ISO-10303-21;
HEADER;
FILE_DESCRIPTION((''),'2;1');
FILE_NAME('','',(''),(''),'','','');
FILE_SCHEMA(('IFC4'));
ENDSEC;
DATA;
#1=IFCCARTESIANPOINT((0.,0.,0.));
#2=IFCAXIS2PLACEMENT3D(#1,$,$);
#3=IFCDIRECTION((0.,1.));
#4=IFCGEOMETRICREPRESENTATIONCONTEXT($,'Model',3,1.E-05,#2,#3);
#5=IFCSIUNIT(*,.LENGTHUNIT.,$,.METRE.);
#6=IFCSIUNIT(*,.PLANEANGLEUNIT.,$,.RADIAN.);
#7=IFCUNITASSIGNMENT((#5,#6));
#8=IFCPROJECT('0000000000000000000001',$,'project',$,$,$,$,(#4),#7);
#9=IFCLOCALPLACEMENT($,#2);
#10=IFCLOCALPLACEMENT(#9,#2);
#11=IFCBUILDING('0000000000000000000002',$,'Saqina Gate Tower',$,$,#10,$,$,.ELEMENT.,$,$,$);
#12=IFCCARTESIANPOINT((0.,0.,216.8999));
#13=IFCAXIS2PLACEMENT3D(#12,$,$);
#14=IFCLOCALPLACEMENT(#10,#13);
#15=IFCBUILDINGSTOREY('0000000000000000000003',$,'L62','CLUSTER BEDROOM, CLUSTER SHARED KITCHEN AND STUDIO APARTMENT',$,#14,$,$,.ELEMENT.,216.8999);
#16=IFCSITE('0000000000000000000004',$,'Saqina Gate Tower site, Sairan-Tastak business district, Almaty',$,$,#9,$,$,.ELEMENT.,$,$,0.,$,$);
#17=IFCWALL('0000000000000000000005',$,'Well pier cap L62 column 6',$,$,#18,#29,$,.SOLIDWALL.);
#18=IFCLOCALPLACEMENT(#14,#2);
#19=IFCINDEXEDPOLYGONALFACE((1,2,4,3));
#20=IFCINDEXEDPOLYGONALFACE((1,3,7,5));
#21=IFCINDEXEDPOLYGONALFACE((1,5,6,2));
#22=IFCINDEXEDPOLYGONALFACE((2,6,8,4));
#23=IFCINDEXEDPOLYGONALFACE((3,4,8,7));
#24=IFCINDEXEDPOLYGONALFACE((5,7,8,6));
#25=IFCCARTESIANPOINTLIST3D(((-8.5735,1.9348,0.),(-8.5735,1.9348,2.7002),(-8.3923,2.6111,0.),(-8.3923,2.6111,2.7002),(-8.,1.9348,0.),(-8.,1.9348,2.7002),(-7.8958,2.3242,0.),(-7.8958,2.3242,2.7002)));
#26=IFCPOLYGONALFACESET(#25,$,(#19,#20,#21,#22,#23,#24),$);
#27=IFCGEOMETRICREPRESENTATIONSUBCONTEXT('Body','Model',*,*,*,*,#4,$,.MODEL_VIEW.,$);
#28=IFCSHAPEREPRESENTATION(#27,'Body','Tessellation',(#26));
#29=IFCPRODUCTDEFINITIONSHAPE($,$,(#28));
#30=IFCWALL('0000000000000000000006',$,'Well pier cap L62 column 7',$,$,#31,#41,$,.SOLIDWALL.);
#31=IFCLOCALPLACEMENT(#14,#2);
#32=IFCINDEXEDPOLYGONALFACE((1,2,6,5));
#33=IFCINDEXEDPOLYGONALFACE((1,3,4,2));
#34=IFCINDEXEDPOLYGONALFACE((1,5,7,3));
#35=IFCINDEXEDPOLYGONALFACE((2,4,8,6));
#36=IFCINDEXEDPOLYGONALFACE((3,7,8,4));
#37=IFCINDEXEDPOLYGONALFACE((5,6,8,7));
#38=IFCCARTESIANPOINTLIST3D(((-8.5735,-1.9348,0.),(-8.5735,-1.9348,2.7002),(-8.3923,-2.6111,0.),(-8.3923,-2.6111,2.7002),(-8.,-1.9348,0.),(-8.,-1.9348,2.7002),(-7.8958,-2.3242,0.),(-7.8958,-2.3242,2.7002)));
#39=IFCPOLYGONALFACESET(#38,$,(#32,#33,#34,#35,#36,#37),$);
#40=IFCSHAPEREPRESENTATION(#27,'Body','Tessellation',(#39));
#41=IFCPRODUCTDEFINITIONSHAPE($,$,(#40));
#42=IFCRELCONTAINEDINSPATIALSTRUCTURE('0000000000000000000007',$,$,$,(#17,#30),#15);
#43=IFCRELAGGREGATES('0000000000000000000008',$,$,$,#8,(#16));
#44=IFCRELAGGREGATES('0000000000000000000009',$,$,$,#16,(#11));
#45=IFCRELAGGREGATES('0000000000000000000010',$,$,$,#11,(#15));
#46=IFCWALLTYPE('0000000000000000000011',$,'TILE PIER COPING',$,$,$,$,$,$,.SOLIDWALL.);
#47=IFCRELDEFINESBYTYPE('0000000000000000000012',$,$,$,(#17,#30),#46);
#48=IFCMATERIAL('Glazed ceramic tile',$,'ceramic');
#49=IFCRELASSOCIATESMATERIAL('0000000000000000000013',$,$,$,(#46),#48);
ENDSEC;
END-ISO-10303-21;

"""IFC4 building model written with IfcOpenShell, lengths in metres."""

from ifc_helpers import new_model, si_unit, direction, frame, origin, place, context, subcontext, project, spatial, polyline, outline, extrude, material, type_object, element, save


model = new_model("IFC4")

# Units and contexts
model_context = context("Model", 3, precision=1e-05, world=origin(), true_north=direction((0.0, 1.0)))
body_context = subcontext(model_context, "Body", "Model", "MODEL_VIEW")
ifc_project = project(units=[si_unit("LENGTHUNIT", "METRE"), si_unit("PLANEANGLEUNIT", "RADIAN")], contexts=[model_context])

# Site, building, storey
site_placement = place(None, origin())
site = spatial("IfcSite", under=ifc_project, at=site_placement, Name="Saqina Gate Tower site, Sairan-Tastak business district, Almaty", CompositionType="ELEMENT", RefElevation=0.0)
building_placement = place(site_placement, origin())
building = spatial("IfcBuilding", under=site, at=building_placement, Name="Saqina Gate Tower", CompositionType="ELEMENT")
storey_placement = place(building_placement, frame((0.0, 0.0, 216.8999)))
storey = spatial("IfcBuildingStorey", under=building, at=storey_placement, Name="L62", Description="CLUSTER BEDROOM, CLUSTER SHARED KITCHEN AND STUDIO APARTMENT", CompositionType="ELEMENT", Elevation=216.8999)

# Walls
ifc_material_1 = material(Name="Glazed ceramic tile", Category="ceramic")
wall_type_1 = type_object("IfcWallType", Name="TILE PIER COPING", PredefinedType="SOLIDWALL", material=ifc_material_1)
wall_1_placement = place(storey_placement, origin())
element("IfcWall", 1, at=wall_1_placement, inside=storey, type_object=wall_type_1, Name="Well pier cap L62 column 6", PredefinedType="SOLIDWALL", context=body_context, shape_type="SweptSolid", body=[
    extrude(outline(polyline([(-8.5735, 1.9348), (-8.0, 1.9348), (-7.8958, 2.3242), (-8.3923, 2.6111), (-8.5735, 1.9348)])), origin(), (0.0, 0.0, 1.0), 2.7002),
])
wall_2_placement = place(storey_placement, origin())
element("IfcWall", 2, at=wall_2_placement, inside=storey, type_object=wall_type_1, Name="Well pier cap L62 column 7", PredefinedType="SOLIDWALL", context=body_context, shape_type="SweptSolid", body=[
    extrude(outline(polyline([(-8.0, -1.9348), (-8.5735, -1.9348), (-8.3923, -2.6111), (-7.8958, -2.3242), (-8.0, -1.9348)])), origin(), (0.0, 0.0, 1.0), 2.7002),
])

save(model, "model.ifc")
